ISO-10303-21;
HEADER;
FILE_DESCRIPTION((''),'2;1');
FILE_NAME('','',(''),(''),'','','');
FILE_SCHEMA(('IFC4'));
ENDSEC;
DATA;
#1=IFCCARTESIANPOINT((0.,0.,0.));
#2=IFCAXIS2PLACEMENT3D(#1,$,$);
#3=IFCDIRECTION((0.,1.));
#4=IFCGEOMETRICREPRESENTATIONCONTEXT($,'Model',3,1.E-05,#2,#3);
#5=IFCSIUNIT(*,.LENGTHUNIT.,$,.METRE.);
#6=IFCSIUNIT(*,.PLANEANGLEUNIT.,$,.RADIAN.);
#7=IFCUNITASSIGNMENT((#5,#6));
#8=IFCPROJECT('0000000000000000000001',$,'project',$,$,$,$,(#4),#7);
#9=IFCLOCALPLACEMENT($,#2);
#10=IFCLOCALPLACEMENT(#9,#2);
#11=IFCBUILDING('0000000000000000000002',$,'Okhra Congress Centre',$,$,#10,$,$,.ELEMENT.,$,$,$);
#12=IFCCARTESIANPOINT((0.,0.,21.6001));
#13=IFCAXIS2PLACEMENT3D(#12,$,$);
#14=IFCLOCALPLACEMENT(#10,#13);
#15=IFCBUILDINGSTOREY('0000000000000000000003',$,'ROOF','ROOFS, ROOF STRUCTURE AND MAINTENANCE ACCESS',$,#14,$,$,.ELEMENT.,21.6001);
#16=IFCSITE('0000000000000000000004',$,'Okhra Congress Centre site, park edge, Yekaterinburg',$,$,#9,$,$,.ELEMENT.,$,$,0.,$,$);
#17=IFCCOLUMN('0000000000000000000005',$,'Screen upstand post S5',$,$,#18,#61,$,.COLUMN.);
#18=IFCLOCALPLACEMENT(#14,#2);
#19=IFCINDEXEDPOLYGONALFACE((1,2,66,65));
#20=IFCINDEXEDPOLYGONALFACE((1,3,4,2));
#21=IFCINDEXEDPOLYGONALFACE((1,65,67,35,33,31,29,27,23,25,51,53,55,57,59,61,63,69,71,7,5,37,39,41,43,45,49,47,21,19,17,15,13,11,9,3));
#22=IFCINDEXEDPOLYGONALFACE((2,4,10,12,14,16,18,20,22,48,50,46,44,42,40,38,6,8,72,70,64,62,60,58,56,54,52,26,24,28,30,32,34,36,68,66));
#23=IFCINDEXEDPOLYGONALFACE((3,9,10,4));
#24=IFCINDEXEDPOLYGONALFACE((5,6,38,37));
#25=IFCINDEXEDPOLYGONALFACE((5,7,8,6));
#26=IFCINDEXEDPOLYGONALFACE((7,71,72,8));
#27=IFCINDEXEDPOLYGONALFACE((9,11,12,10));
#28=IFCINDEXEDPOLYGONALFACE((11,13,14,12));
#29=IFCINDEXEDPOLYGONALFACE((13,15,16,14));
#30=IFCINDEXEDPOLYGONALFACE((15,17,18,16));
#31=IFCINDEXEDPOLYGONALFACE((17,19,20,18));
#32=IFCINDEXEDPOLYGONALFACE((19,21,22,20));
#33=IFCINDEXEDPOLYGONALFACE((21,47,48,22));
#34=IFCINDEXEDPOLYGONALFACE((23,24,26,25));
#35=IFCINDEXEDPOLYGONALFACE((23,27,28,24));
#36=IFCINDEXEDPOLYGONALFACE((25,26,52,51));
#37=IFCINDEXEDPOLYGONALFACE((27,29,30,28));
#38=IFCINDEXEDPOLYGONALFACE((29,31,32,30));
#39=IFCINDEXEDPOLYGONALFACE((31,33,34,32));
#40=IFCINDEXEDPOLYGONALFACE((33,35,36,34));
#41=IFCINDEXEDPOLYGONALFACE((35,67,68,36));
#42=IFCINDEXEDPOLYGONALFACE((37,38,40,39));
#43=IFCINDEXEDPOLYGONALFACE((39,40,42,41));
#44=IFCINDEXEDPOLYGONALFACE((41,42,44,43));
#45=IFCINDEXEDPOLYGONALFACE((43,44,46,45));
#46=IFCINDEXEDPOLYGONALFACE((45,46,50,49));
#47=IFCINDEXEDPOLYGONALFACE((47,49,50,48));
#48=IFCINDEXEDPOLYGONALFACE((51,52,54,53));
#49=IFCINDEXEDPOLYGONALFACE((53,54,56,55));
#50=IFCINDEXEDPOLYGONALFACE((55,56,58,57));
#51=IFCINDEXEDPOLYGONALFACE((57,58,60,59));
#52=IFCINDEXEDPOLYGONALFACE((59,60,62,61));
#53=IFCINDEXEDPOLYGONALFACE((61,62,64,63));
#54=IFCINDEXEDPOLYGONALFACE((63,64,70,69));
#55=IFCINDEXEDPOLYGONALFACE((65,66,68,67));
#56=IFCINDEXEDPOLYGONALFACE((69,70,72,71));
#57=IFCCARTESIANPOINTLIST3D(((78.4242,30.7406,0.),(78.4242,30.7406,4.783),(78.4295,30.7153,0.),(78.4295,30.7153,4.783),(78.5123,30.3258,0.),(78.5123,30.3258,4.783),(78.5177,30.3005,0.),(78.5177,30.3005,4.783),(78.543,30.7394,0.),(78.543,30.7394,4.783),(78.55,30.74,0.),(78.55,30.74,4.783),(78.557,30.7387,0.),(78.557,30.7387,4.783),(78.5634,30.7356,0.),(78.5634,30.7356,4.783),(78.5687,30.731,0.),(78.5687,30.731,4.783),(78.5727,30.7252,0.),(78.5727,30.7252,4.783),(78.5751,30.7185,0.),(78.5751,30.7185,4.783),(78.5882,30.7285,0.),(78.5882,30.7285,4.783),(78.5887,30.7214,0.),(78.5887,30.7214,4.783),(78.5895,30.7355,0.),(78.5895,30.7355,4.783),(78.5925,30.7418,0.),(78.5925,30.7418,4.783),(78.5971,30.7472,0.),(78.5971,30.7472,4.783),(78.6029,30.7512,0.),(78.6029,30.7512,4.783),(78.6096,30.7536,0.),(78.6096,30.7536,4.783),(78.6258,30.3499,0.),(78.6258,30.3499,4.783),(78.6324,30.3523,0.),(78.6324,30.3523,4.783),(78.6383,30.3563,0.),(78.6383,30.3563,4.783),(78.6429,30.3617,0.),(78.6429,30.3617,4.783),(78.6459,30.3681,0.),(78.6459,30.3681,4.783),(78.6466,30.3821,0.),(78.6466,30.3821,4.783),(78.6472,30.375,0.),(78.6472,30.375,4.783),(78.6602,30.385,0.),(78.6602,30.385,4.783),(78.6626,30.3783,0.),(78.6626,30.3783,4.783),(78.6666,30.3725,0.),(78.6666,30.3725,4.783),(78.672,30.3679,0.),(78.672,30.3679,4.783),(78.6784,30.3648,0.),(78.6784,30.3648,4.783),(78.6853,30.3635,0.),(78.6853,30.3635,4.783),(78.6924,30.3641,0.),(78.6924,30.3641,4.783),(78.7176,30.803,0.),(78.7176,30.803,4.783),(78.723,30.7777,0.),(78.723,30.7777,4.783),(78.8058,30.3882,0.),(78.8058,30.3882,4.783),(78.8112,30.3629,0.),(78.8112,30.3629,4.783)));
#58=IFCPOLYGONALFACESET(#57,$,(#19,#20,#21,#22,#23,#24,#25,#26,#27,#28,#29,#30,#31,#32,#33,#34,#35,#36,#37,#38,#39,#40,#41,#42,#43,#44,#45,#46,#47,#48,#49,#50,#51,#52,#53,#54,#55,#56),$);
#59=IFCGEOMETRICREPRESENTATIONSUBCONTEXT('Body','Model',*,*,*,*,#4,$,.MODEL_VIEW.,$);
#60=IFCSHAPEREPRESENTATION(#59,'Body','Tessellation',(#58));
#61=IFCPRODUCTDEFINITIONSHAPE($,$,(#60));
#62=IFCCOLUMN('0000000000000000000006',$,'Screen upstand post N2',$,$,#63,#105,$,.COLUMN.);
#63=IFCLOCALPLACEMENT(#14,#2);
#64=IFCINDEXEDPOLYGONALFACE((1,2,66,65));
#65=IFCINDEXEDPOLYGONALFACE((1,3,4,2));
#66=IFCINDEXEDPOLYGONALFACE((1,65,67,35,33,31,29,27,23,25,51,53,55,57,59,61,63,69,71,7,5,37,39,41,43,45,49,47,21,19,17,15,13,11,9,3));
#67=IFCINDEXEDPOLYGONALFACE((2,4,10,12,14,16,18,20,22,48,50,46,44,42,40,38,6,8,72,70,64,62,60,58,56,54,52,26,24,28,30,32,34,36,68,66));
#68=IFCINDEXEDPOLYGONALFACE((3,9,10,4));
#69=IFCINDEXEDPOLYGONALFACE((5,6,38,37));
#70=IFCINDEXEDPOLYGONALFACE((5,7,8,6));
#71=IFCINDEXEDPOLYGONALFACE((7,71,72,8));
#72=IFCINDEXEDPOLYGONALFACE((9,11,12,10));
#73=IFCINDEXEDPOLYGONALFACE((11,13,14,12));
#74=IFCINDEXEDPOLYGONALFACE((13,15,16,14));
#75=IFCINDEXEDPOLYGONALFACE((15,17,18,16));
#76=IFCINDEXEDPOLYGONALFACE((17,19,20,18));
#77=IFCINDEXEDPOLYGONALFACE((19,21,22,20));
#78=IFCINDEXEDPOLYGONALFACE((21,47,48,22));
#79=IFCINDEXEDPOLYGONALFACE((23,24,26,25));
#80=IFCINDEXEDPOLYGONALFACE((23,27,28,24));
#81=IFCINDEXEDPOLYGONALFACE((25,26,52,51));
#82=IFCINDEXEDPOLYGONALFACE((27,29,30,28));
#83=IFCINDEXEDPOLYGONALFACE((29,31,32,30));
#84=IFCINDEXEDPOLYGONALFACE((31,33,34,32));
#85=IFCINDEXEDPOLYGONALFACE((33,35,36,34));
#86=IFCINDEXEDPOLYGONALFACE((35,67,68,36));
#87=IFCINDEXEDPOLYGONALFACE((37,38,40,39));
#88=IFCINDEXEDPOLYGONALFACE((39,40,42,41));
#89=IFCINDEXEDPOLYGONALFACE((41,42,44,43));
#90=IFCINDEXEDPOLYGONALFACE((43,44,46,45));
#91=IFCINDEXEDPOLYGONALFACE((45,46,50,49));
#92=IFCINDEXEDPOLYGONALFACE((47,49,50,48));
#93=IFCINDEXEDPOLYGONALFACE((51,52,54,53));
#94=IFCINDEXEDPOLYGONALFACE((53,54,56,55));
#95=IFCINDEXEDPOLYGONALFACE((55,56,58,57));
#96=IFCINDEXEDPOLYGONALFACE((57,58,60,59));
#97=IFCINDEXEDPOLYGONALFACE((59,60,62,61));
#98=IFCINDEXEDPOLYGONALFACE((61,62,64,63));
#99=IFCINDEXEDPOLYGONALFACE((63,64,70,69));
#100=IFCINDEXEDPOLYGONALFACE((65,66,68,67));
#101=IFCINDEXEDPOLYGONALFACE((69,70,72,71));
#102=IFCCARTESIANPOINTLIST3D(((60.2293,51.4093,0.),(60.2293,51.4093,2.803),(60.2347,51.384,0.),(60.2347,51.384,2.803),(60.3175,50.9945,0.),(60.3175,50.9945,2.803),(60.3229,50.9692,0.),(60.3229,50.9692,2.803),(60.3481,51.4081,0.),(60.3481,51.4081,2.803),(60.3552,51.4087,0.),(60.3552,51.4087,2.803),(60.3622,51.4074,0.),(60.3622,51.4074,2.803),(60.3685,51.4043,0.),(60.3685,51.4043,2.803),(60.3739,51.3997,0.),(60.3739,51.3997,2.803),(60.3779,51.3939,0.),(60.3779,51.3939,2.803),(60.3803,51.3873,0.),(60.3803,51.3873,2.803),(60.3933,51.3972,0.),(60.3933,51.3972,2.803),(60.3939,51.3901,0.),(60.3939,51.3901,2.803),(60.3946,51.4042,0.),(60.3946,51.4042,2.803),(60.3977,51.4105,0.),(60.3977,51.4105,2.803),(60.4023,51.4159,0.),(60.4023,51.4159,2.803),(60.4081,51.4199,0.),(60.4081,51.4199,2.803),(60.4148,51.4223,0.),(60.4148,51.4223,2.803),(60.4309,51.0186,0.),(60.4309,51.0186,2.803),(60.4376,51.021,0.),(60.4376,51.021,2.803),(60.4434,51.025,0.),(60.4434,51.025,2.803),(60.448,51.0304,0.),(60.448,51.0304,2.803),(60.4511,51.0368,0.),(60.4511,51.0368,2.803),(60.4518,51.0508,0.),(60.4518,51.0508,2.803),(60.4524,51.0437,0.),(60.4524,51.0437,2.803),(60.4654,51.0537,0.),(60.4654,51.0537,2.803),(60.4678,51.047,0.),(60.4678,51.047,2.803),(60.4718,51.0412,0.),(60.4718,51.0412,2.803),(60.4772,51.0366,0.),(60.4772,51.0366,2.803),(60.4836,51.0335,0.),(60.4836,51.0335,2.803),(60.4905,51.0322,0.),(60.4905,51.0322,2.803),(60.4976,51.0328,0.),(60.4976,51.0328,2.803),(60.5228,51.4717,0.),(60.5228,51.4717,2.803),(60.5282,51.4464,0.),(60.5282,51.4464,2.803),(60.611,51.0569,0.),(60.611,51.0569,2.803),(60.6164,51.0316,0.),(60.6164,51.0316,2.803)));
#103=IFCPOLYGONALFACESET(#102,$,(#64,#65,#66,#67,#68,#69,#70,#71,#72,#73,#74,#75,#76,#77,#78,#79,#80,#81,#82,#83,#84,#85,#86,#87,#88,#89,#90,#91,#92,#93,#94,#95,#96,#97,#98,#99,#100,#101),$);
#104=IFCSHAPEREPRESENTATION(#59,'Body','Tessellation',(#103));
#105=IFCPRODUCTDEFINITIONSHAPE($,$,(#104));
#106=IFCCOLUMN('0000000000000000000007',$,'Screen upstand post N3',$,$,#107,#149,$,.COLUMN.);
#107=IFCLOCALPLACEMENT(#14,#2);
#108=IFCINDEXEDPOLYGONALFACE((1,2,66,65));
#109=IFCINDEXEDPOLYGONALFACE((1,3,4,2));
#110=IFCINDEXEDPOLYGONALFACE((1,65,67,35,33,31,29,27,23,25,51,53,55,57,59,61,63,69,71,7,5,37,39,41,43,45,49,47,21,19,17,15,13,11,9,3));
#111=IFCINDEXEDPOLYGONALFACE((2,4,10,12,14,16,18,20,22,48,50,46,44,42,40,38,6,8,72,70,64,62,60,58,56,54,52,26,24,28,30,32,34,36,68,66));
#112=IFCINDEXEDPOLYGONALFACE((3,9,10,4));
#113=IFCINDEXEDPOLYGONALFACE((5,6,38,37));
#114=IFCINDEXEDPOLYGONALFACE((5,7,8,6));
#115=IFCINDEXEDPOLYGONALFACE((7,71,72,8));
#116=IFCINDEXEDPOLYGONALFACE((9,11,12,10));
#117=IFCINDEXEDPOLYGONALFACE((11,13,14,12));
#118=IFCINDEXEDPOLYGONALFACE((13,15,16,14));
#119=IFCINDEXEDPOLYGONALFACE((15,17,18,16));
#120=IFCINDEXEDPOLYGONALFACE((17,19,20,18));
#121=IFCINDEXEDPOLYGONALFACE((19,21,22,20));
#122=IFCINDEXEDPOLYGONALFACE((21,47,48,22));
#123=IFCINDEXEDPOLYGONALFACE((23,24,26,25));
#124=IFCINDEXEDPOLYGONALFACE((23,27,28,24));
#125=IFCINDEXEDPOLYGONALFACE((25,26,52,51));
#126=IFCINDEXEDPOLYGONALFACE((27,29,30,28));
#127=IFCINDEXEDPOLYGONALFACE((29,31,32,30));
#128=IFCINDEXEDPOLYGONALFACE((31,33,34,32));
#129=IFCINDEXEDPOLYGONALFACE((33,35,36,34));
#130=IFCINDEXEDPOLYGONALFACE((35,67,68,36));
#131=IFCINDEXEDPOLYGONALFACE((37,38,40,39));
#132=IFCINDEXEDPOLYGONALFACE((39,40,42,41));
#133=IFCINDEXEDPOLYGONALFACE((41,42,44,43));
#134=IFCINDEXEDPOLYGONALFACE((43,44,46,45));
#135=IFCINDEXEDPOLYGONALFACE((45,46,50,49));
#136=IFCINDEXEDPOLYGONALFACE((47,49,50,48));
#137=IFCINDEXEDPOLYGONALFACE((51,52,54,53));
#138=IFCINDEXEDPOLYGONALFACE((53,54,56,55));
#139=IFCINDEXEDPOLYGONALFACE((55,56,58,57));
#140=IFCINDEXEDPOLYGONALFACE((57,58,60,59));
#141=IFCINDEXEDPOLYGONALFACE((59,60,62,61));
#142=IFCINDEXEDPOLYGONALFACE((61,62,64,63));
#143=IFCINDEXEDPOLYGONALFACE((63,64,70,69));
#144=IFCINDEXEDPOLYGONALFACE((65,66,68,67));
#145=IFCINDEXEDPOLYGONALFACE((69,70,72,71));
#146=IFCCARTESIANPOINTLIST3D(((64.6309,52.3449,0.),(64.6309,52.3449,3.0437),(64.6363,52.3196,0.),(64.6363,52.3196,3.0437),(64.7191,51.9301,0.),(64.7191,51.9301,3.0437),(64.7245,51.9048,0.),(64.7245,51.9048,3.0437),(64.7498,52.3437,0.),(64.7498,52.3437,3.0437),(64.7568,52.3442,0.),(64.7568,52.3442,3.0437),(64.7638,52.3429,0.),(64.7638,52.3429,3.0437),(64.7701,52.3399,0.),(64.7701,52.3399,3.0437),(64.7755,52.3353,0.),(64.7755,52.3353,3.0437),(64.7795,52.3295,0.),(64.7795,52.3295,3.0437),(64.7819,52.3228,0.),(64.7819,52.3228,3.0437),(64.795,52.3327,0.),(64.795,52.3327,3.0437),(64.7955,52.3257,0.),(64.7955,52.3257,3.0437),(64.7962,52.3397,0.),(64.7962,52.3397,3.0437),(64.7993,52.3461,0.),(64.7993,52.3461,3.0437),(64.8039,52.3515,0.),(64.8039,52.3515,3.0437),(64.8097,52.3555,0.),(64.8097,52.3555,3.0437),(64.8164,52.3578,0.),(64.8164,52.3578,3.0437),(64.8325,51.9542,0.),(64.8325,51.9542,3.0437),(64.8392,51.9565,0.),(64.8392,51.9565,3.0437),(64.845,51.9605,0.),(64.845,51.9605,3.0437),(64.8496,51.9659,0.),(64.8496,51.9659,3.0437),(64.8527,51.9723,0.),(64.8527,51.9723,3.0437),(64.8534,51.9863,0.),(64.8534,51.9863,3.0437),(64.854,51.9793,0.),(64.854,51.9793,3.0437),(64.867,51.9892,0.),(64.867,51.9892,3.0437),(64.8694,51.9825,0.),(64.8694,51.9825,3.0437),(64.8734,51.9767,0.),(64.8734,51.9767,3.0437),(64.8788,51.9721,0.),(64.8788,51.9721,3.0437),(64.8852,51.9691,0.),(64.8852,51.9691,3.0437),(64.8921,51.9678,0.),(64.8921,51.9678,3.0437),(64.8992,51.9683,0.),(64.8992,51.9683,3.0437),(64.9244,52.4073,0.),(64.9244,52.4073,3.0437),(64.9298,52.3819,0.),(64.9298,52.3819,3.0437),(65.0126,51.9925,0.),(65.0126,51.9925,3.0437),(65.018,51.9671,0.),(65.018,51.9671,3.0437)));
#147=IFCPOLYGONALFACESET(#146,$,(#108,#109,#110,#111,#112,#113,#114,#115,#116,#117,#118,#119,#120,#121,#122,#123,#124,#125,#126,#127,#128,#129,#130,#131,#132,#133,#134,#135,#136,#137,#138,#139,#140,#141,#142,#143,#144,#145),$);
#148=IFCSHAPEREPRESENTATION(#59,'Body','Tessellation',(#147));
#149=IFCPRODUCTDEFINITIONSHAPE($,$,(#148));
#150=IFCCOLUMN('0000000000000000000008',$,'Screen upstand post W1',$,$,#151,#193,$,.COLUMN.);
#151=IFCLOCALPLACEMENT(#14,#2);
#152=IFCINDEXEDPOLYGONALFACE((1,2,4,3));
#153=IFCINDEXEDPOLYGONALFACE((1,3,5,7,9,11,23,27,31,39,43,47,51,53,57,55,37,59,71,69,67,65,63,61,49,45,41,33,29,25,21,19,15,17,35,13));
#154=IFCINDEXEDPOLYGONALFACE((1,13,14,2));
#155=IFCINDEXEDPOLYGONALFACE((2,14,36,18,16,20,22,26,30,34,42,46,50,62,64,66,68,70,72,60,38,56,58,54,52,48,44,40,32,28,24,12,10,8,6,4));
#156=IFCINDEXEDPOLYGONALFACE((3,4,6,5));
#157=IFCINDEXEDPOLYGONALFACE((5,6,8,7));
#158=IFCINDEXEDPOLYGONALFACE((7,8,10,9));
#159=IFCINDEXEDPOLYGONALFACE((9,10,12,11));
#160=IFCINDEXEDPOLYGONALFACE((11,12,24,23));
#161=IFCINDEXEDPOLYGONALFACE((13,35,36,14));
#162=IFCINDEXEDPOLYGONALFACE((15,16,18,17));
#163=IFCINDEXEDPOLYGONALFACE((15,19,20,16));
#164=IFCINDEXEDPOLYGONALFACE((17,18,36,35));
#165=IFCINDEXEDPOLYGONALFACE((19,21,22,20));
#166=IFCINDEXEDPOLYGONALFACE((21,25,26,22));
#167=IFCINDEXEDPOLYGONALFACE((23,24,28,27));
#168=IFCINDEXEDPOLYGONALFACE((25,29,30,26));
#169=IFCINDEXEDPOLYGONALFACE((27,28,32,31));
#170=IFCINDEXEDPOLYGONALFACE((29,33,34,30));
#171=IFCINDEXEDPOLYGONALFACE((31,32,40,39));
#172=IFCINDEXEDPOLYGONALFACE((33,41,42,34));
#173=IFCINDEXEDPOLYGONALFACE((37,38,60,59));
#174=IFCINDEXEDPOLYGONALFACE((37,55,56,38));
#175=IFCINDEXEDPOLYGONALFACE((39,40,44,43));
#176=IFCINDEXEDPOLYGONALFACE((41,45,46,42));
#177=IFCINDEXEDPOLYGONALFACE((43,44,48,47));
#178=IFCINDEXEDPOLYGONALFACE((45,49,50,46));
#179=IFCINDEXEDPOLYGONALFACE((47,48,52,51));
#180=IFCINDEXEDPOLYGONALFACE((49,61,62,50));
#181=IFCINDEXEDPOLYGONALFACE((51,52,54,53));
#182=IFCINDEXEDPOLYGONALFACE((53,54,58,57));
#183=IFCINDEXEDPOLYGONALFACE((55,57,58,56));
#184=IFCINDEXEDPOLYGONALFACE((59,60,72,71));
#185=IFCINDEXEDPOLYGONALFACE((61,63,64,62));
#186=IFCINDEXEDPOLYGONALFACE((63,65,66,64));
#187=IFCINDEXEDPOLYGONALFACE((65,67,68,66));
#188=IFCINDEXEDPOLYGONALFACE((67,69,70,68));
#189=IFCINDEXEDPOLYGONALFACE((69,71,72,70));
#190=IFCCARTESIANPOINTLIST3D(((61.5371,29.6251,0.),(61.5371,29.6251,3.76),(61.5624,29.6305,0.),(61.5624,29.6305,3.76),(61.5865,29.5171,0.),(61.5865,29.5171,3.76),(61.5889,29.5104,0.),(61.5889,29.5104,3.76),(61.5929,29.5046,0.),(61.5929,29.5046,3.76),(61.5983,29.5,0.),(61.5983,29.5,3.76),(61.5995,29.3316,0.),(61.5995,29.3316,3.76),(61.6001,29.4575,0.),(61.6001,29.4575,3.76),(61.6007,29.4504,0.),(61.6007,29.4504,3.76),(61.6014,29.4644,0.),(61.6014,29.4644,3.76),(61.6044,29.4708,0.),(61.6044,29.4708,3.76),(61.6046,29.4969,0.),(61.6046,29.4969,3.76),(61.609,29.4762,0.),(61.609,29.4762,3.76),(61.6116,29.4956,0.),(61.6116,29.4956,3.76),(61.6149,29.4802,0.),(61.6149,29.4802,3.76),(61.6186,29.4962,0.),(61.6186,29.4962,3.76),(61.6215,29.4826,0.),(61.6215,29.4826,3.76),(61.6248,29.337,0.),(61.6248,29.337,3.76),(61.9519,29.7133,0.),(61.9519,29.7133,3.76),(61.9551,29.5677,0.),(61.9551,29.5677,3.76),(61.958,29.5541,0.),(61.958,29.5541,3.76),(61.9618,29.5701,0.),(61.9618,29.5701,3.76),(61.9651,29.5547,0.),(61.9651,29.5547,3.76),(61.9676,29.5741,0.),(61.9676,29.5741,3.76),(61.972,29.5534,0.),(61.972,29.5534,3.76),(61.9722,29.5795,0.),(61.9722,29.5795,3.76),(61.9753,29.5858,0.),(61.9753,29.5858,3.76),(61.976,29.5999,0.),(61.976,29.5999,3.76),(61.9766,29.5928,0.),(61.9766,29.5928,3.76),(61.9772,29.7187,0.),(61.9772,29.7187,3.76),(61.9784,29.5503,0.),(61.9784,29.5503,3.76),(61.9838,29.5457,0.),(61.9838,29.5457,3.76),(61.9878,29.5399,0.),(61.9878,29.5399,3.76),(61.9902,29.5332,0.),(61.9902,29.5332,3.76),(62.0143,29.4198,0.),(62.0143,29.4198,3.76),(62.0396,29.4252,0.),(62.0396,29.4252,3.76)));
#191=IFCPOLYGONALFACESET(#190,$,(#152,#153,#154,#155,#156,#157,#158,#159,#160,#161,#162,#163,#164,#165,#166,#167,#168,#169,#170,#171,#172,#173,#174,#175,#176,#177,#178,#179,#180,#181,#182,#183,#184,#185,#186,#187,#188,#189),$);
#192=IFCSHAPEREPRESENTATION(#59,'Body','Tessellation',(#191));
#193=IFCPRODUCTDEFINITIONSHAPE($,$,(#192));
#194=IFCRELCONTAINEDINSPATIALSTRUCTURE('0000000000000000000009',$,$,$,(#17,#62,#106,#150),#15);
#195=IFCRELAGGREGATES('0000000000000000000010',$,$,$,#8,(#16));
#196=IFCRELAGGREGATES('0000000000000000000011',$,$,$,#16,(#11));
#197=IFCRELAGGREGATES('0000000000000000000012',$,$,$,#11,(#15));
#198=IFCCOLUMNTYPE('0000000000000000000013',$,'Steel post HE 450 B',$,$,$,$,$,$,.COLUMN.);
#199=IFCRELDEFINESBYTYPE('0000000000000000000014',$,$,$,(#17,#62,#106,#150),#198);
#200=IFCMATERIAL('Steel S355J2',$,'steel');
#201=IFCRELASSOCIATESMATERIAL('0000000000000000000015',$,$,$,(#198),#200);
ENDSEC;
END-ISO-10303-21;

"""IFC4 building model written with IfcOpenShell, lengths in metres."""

from ifc_helpers import new_model, si_unit, direction, frame, origin, origin_2d, place, context, subcontext, project, spatial, i_section, extrude, material, material_profile, profile_set, type_object, element, save


model = new_model("IFC4")

# Units and contexts
model_context = context("Model", 3, precision=1e-05, world=origin(), true_north=direction((0.0, 1.0)))
body_context = subcontext(model_context, "Body", "Model", "MODEL_VIEW")
ifc_project = project(units=[si_unit("LENGTHUNIT", "METRE"), si_unit("PLANEANGLEUNIT", "RADIAN")], contexts=[model_context])

# Site, building, storey
site_placement = place(None, origin())
site = spatial("IfcSite", under=ifc_project, at=site_placement, Name="Okhra Congress Centre site, park edge, Yekaterinburg", CompositionType="ELEMENT", RefElevation=0.0)
building_placement = place(site_placement, origin())
building = spatial("IfcBuilding", under=site, at=building_placement, Name="Okhra Congress Centre", CompositionType="ELEMENT")
storey_placement = place(building_placement, frame((0.0, 0.0, 21.6001)))
storey = spatial("IfcBuildingStorey", under=building, at=storey_placement, Name="ROOF", Description="ROOFS, ROOF STRUCTURE AND MAINTENANCE ACCESS", CompositionType="ELEMENT", Elevation=21.6001)

# Columns
ifc_material_1 = material(Name="Steel S355J2", Category="steel")
ifc_material_profile_1 = material_profile(ifc_material_1, i_section(OverallWidth=0.3, OverallDepth=0.45, WebThickness=0.0139, FlangeThickness=0.0259, FilletRadius=0.0271, at=origin_2d()), Name="HE 450 B")
ifc_profile_set_1 = profile_set([ifc_material_profile_1], Name="Steel S355J2")
column_type = type_object("IfcColumnType", Name="Steel post HE 450 B", PredefinedType="COLUMN", material=ifc_profile_set_1)
column_1_placement = place(storey_placement, frame((78.6177, 30.5518, 0.0), z_axis=(0.0, 0.0, 1.0), x_axis=(0.978148, 0.207912, 0.0)))
element("IfcColumn", 1, at=column_1_placement, inside=storey, type_object=column_type, Name="Screen upstand post S5", PredefinedType="COLUMN", context=body_context, shape_type="SweptSolid", body=[
    extrude(i_section(OverallWidth=0.3, OverallDepth=0.45, WebThickness=0.0139, FlangeThickness=0.0259, FilletRadius=0.0271, at=origin_2d()), origin(), (0.0, 0.0, 1.0), 4.783),
])
column_2_placement = place(storey_placement, frame((60.4229, 51.2205, 0.0), z_axis=(0.0, 0.0, 1.0), x_axis=(0.978148, 0.207912, 0.0)))
element("IfcColumn", 2, at=column_2_placement, inside=storey, type_object=column_type, Name="Screen upstand post N2", PredefinedType="COLUMN", context=body_context, shape_type="SweptSolid", body=[
    extrude(i_section(OverallWidth=0.3, OverallDepth=0.45, WebThickness=0.0139, FlangeThickness=0.0259, FilletRadius=0.0271, at=origin_2d()), origin(), (0.0, 0.0, 1.0), 2.803),
])
column_3_placement = place(storey_placement, frame((64.8245, 52.156, 0.0), z_axis=(0.0, 0.0, 1.0), x_axis=(0.978148, 0.207912, 0.0)))
element("IfcColumn", 3, at=column_3_placement, inside=storey, type_object=column_type, Name="Screen upstand post N3", PredefinedType="COLUMN", context=body_context, shape_type="SweptSolid", body=[
    extrude(i_section(OverallWidth=0.3, OverallDepth=0.45, WebThickness=0.0139, FlangeThickness=0.0259, FilletRadius=0.0271, at=origin_2d()), origin(), (0.0, 0.0, 1.0), 3.0437),
])
column_4_placement = place(storey_placement, frame((61.7883, 29.5251, 0.0), z_axis=(0.0, 0.0, 1.0), x_axis=(-0.207912, 0.978148, 0.0)))
element("IfcColumn", 4, at=column_4_placement, inside=storey, type_object=column_type, Name="Screen upstand post W1", PredefinedType="COLUMN", context=body_context, shape_type="SweptSolid", body=[
    extrude(i_section(OverallWidth=0.3, OverallDepth=0.45, WebThickness=0.0139, FlangeThickness=0.0259, FilletRadius=0.0271, at=origin_2d()), origin(), (0.0, 0.0, 1.0), 3.76),
])

save(model, "model.ifc")
